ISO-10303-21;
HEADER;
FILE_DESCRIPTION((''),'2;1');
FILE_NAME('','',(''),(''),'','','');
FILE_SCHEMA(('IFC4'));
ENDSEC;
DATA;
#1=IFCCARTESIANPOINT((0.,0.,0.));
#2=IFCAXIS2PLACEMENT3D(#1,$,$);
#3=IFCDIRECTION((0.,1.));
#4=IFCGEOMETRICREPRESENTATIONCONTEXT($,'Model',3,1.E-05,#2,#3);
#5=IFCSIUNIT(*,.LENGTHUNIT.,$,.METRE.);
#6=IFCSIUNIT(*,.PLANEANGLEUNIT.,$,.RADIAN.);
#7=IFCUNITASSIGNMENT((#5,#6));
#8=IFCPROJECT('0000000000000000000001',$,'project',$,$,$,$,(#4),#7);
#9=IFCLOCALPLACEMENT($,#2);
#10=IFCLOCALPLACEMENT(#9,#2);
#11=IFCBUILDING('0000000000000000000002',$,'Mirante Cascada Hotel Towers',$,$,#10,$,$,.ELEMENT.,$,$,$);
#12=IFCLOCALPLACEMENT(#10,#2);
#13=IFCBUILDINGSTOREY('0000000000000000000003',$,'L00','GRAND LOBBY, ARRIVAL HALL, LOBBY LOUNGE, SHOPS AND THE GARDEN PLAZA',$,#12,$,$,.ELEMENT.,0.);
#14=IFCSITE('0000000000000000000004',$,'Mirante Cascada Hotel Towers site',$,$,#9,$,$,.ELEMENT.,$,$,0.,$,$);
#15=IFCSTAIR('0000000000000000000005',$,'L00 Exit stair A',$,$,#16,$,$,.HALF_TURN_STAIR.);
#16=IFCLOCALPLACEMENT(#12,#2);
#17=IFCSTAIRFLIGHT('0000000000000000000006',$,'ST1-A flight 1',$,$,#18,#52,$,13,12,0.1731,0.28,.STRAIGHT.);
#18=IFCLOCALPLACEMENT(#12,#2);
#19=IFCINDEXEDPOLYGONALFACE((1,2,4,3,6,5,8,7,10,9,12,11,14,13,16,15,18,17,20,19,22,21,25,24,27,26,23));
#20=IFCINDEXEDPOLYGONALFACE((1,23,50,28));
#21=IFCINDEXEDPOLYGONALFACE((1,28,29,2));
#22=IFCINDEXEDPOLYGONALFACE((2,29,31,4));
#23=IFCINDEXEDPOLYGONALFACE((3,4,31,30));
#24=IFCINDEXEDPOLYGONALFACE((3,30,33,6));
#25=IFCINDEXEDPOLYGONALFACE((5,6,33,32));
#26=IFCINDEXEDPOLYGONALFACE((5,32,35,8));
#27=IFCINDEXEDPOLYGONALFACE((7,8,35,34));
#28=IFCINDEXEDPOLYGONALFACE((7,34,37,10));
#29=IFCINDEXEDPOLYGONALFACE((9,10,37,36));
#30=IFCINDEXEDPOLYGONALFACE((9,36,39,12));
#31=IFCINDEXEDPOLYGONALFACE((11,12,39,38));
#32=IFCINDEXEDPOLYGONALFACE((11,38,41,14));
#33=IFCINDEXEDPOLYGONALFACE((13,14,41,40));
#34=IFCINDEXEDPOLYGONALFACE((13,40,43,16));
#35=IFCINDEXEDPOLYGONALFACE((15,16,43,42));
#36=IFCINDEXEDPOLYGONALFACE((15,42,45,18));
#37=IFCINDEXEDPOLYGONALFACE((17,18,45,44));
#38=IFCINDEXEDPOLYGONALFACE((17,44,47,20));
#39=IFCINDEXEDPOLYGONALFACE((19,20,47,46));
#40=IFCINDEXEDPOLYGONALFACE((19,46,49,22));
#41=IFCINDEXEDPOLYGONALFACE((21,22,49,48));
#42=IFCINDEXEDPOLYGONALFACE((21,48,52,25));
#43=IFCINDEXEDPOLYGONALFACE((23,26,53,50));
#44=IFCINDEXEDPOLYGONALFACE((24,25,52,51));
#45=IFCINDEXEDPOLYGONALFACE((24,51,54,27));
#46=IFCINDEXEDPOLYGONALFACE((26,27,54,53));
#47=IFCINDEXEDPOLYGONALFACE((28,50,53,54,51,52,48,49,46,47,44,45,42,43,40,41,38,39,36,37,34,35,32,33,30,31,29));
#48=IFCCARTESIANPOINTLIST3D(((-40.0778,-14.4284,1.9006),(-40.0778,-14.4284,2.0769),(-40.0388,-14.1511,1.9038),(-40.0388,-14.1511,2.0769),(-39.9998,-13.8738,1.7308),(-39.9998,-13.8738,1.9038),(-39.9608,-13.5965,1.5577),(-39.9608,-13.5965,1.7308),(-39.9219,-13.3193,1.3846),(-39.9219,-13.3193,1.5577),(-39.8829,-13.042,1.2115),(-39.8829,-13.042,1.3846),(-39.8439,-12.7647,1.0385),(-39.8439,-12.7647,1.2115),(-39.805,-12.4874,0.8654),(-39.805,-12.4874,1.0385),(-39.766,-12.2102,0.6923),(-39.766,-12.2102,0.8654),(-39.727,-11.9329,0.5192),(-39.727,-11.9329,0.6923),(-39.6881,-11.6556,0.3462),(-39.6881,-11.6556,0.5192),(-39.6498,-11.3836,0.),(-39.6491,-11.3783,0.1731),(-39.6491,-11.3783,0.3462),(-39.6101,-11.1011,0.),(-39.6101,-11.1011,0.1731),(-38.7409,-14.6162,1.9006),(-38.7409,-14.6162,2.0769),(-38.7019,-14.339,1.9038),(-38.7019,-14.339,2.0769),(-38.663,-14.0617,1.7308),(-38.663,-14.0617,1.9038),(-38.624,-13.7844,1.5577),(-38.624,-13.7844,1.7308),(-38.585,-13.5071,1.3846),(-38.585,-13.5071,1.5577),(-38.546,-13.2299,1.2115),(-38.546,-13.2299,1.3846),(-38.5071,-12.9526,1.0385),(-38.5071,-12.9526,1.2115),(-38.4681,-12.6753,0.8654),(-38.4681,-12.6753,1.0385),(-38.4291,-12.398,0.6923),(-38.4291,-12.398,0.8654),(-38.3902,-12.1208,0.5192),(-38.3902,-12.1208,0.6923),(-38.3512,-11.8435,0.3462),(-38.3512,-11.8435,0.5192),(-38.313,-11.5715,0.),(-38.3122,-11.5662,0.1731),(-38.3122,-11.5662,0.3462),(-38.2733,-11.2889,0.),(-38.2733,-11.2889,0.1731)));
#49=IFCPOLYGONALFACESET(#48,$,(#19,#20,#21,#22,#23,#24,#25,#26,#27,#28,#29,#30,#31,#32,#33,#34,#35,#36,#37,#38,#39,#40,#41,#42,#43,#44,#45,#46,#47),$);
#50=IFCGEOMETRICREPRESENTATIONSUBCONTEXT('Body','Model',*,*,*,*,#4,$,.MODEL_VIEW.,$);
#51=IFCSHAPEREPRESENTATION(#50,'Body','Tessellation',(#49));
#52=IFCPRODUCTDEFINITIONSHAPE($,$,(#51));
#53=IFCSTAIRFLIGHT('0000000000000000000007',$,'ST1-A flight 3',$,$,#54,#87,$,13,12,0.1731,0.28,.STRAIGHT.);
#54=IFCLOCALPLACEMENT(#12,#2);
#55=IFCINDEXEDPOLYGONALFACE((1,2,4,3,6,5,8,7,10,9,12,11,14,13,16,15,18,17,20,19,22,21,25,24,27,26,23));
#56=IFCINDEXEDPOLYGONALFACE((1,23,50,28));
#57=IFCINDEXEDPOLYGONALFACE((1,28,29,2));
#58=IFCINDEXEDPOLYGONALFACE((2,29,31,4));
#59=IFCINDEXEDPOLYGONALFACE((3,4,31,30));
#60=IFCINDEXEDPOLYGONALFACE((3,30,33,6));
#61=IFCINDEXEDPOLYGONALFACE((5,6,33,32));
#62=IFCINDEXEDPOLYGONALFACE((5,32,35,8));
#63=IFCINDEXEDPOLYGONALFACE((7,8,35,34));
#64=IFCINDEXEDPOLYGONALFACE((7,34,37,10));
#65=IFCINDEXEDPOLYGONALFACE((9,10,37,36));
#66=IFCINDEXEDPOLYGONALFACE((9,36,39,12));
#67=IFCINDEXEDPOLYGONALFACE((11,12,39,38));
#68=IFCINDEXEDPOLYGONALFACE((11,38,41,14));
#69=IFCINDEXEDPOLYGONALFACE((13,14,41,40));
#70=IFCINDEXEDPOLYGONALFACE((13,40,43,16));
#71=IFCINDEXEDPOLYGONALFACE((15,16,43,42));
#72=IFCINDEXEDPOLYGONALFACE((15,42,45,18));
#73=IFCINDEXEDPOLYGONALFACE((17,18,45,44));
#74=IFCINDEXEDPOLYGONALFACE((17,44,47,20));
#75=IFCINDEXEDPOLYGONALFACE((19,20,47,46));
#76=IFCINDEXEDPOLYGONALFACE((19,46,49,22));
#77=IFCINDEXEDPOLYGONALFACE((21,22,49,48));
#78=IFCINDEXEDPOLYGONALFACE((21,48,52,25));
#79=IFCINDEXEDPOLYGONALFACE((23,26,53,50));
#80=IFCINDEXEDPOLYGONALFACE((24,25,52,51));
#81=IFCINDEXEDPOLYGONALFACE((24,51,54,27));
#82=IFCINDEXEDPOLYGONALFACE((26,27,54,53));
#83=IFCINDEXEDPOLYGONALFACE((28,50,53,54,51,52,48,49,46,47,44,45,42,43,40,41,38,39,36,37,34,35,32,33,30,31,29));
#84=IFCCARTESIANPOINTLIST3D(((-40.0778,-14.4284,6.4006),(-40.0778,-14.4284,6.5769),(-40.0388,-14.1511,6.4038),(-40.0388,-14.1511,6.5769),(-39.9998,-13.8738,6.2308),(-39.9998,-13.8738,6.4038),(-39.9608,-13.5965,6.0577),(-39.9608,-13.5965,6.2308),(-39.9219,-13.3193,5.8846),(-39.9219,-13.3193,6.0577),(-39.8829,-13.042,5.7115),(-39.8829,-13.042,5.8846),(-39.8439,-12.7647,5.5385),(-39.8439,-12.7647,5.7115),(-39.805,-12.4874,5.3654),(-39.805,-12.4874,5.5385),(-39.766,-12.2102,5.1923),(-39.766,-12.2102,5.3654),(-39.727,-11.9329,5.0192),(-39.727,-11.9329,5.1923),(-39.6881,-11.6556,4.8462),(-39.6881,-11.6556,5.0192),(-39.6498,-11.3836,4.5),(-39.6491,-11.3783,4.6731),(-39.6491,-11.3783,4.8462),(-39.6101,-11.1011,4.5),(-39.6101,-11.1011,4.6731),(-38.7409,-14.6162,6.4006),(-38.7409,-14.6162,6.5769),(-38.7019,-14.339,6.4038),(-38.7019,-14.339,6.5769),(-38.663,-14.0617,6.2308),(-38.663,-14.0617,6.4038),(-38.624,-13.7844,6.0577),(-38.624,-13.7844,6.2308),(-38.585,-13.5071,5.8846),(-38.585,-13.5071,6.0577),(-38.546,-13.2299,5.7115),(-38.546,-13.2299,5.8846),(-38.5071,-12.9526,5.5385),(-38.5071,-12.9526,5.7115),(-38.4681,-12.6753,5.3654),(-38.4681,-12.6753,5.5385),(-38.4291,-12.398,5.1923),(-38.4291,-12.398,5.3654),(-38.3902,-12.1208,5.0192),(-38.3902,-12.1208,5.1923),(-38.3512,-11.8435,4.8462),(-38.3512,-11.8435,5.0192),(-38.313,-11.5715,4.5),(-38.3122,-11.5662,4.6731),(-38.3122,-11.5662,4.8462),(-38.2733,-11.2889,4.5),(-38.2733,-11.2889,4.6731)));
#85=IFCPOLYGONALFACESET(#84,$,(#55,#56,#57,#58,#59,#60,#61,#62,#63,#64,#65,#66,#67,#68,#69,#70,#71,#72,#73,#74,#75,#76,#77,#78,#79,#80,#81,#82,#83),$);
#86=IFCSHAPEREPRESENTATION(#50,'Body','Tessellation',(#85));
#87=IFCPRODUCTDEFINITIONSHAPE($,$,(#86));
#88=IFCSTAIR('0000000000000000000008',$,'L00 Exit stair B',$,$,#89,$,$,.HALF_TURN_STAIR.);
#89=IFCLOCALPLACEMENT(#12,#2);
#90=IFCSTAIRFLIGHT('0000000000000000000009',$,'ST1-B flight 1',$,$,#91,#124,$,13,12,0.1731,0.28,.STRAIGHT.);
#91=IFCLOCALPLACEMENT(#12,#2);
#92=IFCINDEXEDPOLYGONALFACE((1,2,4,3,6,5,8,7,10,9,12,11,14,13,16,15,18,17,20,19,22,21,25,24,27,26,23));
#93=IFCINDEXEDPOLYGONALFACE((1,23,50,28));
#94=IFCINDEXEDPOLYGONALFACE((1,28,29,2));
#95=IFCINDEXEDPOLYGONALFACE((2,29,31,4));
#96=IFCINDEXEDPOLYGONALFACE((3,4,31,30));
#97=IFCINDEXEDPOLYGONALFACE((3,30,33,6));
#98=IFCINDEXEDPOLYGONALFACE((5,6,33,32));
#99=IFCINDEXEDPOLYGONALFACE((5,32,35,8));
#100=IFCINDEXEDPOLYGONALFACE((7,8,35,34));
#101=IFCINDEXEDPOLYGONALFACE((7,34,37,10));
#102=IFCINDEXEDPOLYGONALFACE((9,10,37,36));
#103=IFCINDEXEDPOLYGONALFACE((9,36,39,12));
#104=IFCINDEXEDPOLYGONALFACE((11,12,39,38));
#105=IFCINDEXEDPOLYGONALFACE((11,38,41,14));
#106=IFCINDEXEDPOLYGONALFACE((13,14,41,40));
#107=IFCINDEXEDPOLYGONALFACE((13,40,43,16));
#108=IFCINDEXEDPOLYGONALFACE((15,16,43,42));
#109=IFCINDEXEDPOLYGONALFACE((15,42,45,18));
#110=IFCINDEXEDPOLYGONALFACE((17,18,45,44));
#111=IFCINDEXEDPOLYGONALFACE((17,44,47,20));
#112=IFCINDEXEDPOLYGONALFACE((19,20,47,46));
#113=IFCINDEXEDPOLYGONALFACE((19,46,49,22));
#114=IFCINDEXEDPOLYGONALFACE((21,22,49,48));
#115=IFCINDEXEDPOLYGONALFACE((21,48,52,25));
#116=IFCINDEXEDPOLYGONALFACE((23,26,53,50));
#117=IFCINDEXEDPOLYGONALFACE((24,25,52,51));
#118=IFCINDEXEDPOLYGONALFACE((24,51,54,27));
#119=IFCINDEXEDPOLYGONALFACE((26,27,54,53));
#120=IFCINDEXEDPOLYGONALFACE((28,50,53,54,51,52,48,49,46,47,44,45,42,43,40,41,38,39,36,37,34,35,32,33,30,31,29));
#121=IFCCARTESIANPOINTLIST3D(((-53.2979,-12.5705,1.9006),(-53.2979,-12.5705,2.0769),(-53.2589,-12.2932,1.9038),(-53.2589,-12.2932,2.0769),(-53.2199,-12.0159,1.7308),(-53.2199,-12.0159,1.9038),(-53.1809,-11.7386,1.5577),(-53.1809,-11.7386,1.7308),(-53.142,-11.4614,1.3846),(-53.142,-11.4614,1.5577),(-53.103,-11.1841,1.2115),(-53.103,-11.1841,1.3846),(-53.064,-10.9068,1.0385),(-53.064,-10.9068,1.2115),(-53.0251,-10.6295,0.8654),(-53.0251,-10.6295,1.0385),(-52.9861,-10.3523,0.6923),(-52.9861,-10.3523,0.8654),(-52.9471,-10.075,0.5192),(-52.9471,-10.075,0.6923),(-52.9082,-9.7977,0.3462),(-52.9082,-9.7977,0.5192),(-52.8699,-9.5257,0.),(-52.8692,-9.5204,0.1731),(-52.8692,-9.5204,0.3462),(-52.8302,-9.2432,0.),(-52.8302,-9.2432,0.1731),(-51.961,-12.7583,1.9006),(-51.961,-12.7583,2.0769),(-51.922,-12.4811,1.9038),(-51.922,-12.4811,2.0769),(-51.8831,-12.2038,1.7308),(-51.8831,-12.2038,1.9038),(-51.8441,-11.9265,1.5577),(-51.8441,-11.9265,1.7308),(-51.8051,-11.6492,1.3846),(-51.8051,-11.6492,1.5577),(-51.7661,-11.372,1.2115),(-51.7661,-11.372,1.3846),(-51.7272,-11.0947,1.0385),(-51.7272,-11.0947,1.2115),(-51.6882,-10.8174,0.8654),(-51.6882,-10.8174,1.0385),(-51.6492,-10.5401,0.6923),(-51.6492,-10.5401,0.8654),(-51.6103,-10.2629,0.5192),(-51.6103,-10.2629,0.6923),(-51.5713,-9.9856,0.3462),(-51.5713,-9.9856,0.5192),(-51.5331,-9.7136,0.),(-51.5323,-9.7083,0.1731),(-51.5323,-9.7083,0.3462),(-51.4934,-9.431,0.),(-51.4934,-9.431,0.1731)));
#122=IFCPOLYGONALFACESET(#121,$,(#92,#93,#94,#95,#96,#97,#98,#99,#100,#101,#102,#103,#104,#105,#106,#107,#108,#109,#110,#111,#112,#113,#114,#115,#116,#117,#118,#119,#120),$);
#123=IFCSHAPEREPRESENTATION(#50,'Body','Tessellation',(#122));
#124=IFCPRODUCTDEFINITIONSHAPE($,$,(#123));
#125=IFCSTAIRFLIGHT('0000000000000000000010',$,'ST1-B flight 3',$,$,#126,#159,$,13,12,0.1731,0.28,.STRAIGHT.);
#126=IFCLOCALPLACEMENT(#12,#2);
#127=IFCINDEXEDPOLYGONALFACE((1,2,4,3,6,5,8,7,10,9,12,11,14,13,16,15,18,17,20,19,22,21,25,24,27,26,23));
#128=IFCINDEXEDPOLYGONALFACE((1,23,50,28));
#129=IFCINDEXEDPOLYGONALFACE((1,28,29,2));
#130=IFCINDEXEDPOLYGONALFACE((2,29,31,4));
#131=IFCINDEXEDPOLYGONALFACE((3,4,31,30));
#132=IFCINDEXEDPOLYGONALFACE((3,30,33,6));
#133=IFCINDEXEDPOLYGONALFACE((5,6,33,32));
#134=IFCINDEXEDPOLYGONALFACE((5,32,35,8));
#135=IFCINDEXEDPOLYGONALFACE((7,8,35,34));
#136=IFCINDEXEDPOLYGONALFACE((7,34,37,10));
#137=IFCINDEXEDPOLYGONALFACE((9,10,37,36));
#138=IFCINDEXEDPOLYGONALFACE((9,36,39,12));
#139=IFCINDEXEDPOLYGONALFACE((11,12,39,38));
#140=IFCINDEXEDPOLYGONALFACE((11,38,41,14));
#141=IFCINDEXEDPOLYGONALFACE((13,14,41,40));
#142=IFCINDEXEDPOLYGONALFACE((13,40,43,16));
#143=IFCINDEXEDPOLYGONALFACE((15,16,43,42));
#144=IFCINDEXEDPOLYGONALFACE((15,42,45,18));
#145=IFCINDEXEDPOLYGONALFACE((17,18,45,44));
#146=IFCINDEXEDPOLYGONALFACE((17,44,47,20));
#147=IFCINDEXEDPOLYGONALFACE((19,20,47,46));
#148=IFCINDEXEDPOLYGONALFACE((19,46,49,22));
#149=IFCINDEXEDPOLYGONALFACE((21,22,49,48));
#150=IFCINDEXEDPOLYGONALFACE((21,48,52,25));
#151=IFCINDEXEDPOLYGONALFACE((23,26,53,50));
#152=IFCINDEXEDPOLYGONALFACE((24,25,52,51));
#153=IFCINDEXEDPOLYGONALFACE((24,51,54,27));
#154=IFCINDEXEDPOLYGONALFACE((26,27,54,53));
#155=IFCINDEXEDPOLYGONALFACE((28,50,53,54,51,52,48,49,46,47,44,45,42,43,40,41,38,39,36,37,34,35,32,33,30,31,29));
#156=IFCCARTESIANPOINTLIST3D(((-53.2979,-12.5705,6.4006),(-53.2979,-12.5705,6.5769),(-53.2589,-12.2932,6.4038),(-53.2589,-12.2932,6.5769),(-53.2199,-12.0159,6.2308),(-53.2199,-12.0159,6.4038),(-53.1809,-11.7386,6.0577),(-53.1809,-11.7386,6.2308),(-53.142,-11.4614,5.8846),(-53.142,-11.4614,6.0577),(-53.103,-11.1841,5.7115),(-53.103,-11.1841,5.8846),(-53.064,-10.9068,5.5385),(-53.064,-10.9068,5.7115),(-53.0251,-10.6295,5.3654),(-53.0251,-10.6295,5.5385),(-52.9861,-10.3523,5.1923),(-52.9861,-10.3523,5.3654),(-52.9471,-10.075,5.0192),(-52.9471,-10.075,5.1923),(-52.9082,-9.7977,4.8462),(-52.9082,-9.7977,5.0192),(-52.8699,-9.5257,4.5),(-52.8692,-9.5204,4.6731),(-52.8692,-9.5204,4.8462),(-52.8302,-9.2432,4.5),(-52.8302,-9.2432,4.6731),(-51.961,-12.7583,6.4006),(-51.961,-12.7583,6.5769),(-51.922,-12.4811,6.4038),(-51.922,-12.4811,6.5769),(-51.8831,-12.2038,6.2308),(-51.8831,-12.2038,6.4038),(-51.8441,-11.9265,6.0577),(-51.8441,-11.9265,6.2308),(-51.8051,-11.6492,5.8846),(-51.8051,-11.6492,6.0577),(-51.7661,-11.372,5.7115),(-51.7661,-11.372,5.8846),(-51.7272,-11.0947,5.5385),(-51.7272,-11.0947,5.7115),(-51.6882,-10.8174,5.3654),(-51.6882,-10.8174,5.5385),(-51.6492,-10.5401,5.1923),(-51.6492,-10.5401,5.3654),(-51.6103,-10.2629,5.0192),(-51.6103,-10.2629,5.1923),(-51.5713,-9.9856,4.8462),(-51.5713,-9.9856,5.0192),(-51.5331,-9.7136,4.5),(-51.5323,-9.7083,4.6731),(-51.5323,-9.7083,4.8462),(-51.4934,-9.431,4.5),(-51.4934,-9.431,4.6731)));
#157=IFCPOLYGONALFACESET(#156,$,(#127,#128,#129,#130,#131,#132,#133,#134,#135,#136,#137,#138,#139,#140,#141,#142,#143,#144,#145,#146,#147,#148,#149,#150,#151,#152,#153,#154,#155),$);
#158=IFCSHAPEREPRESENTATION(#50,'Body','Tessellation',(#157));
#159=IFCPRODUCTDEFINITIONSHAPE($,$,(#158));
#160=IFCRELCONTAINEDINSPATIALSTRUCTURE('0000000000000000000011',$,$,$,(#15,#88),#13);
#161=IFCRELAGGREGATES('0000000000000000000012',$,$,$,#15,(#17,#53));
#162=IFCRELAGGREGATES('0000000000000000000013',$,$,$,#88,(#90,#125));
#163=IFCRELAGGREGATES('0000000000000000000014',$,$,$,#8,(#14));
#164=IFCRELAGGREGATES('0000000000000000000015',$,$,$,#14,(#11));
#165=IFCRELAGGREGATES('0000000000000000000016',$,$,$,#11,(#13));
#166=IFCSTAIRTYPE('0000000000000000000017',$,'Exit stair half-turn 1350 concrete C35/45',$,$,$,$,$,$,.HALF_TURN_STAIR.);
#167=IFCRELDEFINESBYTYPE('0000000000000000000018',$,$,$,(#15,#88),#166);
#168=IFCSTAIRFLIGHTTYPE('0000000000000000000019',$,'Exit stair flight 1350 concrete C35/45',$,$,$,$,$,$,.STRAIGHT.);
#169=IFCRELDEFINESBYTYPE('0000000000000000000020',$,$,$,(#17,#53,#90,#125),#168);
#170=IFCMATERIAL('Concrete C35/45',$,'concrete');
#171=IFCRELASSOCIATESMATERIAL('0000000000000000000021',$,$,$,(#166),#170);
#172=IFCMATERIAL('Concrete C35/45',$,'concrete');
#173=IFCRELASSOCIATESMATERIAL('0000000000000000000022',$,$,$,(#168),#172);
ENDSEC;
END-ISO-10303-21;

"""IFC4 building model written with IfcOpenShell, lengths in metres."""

from ifc_helpers import new_model, si_unit, direction, frame, origin, place, context, subcontext, project, spatial, polyline, outline, extrude, material, type_object, element, aggregate, save


model = new_model("IFC4")

# Units and contexts
model_context = context("Model", 3, precision=1e-05, world=origin(), true_north=direction((0.0, 1.0)))
body_context = subcontext(model_context, "Body", "Model", "MODEL_VIEW")
ifc_project = project(units=[si_unit("LENGTHUNIT", "METRE"), si_unit("PLANEANGLEUNIT", "RADIAN")], contexts=[model_context])

# Site, building, storey
site_placement = place(None, origin())
site = spatial("IfcSite", under=ifc_project, at=site_placement, Name="Mirante Cascada Hotel Towers site", CompositionType="ELEMENT", RefElevation=0.0)
building_placement = place(site_placement, origin())
building = spatial("IfcBuilding", under=site, at=building_placement, Name="Mirante Cascada Hotel Towers", CompositionType="ELEMENT")
storey_placement = place(building_placement, origin())
storey = spatial("IfcBuildingStorey", under=building, at=storey_placement, Name="L00", Description="GRAND LOBBY, ARRIVAL HALL, LOBBY LOUNGE, SHOPS AND THE GARDEN PLAZA", CompositionType="ELEMENT", Elevation=0.0)

# Stairs, stair flights
ifc_material_1 = material(Name="Concrete C35/45", Category="concrete")
stair_type = type_object("IfcStairType", Name="Exit stair half-turn 1350 concrete C35/45", PredefinedType="HALF_TURN_STAIR", material=ifc_material_1)
stair_1_placement = place(storey_placement, origin())
stair_1 = element("IfcStair", 1, at=stair_1_placement, inside=storey, type_object=stair_type, Name="L00 Exit stair A", PredefinedType="HALF_TURN_STAIR")
ifc_material_2 = material(Name="Concrete C35/45", Category="concrete")
stair_flight_type = type_object("IfcStairFlightType", Name="Exit stair flight 1350 concrete C35/45", PredefinedType="STRAIGHT", material=ifc_material_2)
stair_flight_1_placement = place(storey_placement, frame((-38.9417, -11.195, 0.0), z_axis=(0.0, 0.0, 1.0), x_axis=(-0.139173, -0.990268, 0.0)))
stair_flight_1 = element("IfcStairFlight", 2, at=stair_flight_1_placement, type_object=stair_flight_type, Name="ST1-A flight 1", NumberOfRisers=13, NumberOfTreads=12, PredefinedType="STRAIGHT", RiserHeight=0.1731, TreadLength=0.28, context=body_context, shape_type="SweptSolid", body=[
    extrude(outline(polyline([(0.0, 0.0), (0.0, 0.1731), (0.28, 0.1731), (0.28, 0.3462), (0.56, 0.3462), (0.56, 0.5192), (0.84, 0.5192), (0.84, 0.6923), (1.12, 0.6923), (1.12, 0.8654), (1.4, 0.8654), (1.4, 1.0385), (1.68, 1.0385), (1.68, 1.2115), (1.96, 1.2115), (1.96, 1.3846), (2.24, 1.3846), (2.24, 1.5577), (2.52, 1.5577), (2.52, 1.7308), (2.8, 1.7308), (2.8, 1.9038), (3.08, 1.9038), (3.08, 2.0769), (3.36, 2.0769), (3.36, 2.25), (3.36, 1.9006), (0.2853, 0.0), (0.0, 0.0)])), frame((0.0, 0.675, 0.0), z_axis=(0.0, -1.0, 0.0), x_axis=(1.0, 0.0, 0.0)), (0.0, 0.0, 1.0), 1.35),
])
stair_flight_2_placement = place(storey_placement, frame((-38.9417, -11.195, 4.5), z_axis=(0.0, 0.0, 1.0), x_axis=(-0.139173, -0.990268, 0.0)))
stair_flight_2 = element("IfcStairFlight", 3, at=stair_flight_2_placement, type_object=stair_flight_type, Name="ST1-A flight 3", NumberOfRisers=13, NumberOfTreads=12, PredefinedType="STRAIGHT", RiserHeight=0.1731, TreadLength=0.28, context=body_context, shape_type="SweptSolid", body=[
    extrude(outline(polyline([(0.0, 0.0), (0.0, 0.1731), (0.28, 0.1731), (0.28, 0.3462), (0.56, 0.3462), (0.56, 0.5192), (0.84, 0.5192), (0.84, 0.6923), (1.12, 0.6923), (1.12, 0.8654), (1.4, 0.8654), (1.4, 1.0385), (1.68, 1.0385), (1.68, 1.2115), (1.96, 1.2115), (1.96, 1.3846), (2.24, 1.3846), (2.24, 1.5577), (2.52, 1.5577), (2.52, 1.7308), (2.8, 1.7308), (2.8, 1.9038), (3.08, 1.9038), (3.08, 2.0769), (3.36, 2.0769), (3.36, 2.25), (3.36, 1.9006), (0.2853, 0.0), (0.0, 0.0)])), frame((0.0, 0.675, 0.0), z_axis=(0.0, -1.0, 0.0), x_axis=(1.0, 0.0, 0.0)), (0.0, 0.0, 1.0), 1.35),
])
aggregate(stair_1, [stair_flight_1, stair_flight_2])
stair_2_placement = place(storey_placement, origin())
stair_2 = element("IfcStair", 4, at=stair_2_placement, inside=storey, type_object=stair_type, Name="L00 Exit stair B", PredefinedType="HALF_TURN_STAIR")
stair_flight_3_placement = place(storey_placement, frame((-52.1618, -9.3371, 0.0), z_axis=(0.0, 0.0, 1.0), x_axis=(-0.139173, -0.990268, 0.0)))
stair_flight_3 = element("IfcStairFlight", 5, at=stair_flight_3_placement, type_object=stair_flight_type, Name="ST1-B flight 1", NumberOfRisers=13, NumberOfTreads=12, PredefinedType="STRAIGHT", RiserHeight=0.1731, TreadLength=0.28, context=body_context, shape_type="SweptSolid", body=[
    extrude(outline(polyline([(0.0, 0.0), (0.0, 0.1731), (0.28, 0.1731), (0.28, 0.3462), (0.56, 0.3462), (0.56, 0.5192), (0.84, 0.5192), (0.84, 0.6923), (1.12, 0.6923), (1.12, 0.8654), (1.4, 0.8654), (1.4, 1.0385), (1.68, 1.0385), (1.68, 1.2115), (1.96, 1.2115), (1.96, 1.3846), (2.24, 1.3846), (2.24, 1.5577), (2.52, 1.5577), (2.52, 1.7308), (2.8, 1.7308), (2.8, 1.9038), (3.08, 1.9038), (3.08, 2.0769), (3.36, 2.0769), (3.36, 2.25), (3.36, 1.9006), (0.2853, 0.0), (0.0, 0.0)])), frame((0.0, 0.675, 0.0), z_axis=(0.0, -1.0, 0.0), x_axis=(1.0, 0.0, 0.0)), (0.0, 0.0, 1.0), 1.35),
])
stair_flight_4_placement = place(storey_placement, frame((-52.1618, -9.3371, 4.5), z_axis=(0.0, 0.0, 1.0), x_axis=(-0.139173, -0.990268, 0.0)))
stair_flight_4 = element("IfcStairFlight", 6, at=stair_flight_4_placement, type_object=stair_flight_type, Name="ST1-B flight 3", NumberOfRisers=13, NumberOfTreads=12, PredefinedType="STRAIGHT", RiserHeight=0.1731, TreadLength=0.28, context=body_context, shape_type="SweptSolid", body=[
    extrude(outline(polyline([(0.0, 0.0), (0.0, 0.1731), (0.28, 0.1731), (0.28, 0.3462), (0.56, 0.3462), (0.56, 0.5192), (0.84, 0.5192), (0.84, 0.6923), (1.12, 0.6923), (1.12, 0.8654), (1.4, 0.8654), (1.4, 1.0385), (1.68, 1.0385), (1.68, 1.2115), (1.96, 1.2115), (1.96, 1.3846), (2.24, 1.3846), (2.24, 1.5577), (2.52, 1.5577), (2.52, 1.7308), (2.8, 1.7308), (2.8, 1.9038), (3.08, 1.9038), (3.08, 2.0769), (3.36, 2.0769), (3.36, 2.25), (3.36, 1.9006), (0.2853, 0.0), (0.0, 0.0)])), frame((0.0, 0.675, 0.0), z_axis=(0.0, -1.0, 0.0), x_axis=(1.0, 0.0, 0.0)), (0.0, 0.0, 1.0), 1.35),
])
aggregate(stair_2, [stair_flight_3, stair_flight_4])

save(model, "model.ifc")
